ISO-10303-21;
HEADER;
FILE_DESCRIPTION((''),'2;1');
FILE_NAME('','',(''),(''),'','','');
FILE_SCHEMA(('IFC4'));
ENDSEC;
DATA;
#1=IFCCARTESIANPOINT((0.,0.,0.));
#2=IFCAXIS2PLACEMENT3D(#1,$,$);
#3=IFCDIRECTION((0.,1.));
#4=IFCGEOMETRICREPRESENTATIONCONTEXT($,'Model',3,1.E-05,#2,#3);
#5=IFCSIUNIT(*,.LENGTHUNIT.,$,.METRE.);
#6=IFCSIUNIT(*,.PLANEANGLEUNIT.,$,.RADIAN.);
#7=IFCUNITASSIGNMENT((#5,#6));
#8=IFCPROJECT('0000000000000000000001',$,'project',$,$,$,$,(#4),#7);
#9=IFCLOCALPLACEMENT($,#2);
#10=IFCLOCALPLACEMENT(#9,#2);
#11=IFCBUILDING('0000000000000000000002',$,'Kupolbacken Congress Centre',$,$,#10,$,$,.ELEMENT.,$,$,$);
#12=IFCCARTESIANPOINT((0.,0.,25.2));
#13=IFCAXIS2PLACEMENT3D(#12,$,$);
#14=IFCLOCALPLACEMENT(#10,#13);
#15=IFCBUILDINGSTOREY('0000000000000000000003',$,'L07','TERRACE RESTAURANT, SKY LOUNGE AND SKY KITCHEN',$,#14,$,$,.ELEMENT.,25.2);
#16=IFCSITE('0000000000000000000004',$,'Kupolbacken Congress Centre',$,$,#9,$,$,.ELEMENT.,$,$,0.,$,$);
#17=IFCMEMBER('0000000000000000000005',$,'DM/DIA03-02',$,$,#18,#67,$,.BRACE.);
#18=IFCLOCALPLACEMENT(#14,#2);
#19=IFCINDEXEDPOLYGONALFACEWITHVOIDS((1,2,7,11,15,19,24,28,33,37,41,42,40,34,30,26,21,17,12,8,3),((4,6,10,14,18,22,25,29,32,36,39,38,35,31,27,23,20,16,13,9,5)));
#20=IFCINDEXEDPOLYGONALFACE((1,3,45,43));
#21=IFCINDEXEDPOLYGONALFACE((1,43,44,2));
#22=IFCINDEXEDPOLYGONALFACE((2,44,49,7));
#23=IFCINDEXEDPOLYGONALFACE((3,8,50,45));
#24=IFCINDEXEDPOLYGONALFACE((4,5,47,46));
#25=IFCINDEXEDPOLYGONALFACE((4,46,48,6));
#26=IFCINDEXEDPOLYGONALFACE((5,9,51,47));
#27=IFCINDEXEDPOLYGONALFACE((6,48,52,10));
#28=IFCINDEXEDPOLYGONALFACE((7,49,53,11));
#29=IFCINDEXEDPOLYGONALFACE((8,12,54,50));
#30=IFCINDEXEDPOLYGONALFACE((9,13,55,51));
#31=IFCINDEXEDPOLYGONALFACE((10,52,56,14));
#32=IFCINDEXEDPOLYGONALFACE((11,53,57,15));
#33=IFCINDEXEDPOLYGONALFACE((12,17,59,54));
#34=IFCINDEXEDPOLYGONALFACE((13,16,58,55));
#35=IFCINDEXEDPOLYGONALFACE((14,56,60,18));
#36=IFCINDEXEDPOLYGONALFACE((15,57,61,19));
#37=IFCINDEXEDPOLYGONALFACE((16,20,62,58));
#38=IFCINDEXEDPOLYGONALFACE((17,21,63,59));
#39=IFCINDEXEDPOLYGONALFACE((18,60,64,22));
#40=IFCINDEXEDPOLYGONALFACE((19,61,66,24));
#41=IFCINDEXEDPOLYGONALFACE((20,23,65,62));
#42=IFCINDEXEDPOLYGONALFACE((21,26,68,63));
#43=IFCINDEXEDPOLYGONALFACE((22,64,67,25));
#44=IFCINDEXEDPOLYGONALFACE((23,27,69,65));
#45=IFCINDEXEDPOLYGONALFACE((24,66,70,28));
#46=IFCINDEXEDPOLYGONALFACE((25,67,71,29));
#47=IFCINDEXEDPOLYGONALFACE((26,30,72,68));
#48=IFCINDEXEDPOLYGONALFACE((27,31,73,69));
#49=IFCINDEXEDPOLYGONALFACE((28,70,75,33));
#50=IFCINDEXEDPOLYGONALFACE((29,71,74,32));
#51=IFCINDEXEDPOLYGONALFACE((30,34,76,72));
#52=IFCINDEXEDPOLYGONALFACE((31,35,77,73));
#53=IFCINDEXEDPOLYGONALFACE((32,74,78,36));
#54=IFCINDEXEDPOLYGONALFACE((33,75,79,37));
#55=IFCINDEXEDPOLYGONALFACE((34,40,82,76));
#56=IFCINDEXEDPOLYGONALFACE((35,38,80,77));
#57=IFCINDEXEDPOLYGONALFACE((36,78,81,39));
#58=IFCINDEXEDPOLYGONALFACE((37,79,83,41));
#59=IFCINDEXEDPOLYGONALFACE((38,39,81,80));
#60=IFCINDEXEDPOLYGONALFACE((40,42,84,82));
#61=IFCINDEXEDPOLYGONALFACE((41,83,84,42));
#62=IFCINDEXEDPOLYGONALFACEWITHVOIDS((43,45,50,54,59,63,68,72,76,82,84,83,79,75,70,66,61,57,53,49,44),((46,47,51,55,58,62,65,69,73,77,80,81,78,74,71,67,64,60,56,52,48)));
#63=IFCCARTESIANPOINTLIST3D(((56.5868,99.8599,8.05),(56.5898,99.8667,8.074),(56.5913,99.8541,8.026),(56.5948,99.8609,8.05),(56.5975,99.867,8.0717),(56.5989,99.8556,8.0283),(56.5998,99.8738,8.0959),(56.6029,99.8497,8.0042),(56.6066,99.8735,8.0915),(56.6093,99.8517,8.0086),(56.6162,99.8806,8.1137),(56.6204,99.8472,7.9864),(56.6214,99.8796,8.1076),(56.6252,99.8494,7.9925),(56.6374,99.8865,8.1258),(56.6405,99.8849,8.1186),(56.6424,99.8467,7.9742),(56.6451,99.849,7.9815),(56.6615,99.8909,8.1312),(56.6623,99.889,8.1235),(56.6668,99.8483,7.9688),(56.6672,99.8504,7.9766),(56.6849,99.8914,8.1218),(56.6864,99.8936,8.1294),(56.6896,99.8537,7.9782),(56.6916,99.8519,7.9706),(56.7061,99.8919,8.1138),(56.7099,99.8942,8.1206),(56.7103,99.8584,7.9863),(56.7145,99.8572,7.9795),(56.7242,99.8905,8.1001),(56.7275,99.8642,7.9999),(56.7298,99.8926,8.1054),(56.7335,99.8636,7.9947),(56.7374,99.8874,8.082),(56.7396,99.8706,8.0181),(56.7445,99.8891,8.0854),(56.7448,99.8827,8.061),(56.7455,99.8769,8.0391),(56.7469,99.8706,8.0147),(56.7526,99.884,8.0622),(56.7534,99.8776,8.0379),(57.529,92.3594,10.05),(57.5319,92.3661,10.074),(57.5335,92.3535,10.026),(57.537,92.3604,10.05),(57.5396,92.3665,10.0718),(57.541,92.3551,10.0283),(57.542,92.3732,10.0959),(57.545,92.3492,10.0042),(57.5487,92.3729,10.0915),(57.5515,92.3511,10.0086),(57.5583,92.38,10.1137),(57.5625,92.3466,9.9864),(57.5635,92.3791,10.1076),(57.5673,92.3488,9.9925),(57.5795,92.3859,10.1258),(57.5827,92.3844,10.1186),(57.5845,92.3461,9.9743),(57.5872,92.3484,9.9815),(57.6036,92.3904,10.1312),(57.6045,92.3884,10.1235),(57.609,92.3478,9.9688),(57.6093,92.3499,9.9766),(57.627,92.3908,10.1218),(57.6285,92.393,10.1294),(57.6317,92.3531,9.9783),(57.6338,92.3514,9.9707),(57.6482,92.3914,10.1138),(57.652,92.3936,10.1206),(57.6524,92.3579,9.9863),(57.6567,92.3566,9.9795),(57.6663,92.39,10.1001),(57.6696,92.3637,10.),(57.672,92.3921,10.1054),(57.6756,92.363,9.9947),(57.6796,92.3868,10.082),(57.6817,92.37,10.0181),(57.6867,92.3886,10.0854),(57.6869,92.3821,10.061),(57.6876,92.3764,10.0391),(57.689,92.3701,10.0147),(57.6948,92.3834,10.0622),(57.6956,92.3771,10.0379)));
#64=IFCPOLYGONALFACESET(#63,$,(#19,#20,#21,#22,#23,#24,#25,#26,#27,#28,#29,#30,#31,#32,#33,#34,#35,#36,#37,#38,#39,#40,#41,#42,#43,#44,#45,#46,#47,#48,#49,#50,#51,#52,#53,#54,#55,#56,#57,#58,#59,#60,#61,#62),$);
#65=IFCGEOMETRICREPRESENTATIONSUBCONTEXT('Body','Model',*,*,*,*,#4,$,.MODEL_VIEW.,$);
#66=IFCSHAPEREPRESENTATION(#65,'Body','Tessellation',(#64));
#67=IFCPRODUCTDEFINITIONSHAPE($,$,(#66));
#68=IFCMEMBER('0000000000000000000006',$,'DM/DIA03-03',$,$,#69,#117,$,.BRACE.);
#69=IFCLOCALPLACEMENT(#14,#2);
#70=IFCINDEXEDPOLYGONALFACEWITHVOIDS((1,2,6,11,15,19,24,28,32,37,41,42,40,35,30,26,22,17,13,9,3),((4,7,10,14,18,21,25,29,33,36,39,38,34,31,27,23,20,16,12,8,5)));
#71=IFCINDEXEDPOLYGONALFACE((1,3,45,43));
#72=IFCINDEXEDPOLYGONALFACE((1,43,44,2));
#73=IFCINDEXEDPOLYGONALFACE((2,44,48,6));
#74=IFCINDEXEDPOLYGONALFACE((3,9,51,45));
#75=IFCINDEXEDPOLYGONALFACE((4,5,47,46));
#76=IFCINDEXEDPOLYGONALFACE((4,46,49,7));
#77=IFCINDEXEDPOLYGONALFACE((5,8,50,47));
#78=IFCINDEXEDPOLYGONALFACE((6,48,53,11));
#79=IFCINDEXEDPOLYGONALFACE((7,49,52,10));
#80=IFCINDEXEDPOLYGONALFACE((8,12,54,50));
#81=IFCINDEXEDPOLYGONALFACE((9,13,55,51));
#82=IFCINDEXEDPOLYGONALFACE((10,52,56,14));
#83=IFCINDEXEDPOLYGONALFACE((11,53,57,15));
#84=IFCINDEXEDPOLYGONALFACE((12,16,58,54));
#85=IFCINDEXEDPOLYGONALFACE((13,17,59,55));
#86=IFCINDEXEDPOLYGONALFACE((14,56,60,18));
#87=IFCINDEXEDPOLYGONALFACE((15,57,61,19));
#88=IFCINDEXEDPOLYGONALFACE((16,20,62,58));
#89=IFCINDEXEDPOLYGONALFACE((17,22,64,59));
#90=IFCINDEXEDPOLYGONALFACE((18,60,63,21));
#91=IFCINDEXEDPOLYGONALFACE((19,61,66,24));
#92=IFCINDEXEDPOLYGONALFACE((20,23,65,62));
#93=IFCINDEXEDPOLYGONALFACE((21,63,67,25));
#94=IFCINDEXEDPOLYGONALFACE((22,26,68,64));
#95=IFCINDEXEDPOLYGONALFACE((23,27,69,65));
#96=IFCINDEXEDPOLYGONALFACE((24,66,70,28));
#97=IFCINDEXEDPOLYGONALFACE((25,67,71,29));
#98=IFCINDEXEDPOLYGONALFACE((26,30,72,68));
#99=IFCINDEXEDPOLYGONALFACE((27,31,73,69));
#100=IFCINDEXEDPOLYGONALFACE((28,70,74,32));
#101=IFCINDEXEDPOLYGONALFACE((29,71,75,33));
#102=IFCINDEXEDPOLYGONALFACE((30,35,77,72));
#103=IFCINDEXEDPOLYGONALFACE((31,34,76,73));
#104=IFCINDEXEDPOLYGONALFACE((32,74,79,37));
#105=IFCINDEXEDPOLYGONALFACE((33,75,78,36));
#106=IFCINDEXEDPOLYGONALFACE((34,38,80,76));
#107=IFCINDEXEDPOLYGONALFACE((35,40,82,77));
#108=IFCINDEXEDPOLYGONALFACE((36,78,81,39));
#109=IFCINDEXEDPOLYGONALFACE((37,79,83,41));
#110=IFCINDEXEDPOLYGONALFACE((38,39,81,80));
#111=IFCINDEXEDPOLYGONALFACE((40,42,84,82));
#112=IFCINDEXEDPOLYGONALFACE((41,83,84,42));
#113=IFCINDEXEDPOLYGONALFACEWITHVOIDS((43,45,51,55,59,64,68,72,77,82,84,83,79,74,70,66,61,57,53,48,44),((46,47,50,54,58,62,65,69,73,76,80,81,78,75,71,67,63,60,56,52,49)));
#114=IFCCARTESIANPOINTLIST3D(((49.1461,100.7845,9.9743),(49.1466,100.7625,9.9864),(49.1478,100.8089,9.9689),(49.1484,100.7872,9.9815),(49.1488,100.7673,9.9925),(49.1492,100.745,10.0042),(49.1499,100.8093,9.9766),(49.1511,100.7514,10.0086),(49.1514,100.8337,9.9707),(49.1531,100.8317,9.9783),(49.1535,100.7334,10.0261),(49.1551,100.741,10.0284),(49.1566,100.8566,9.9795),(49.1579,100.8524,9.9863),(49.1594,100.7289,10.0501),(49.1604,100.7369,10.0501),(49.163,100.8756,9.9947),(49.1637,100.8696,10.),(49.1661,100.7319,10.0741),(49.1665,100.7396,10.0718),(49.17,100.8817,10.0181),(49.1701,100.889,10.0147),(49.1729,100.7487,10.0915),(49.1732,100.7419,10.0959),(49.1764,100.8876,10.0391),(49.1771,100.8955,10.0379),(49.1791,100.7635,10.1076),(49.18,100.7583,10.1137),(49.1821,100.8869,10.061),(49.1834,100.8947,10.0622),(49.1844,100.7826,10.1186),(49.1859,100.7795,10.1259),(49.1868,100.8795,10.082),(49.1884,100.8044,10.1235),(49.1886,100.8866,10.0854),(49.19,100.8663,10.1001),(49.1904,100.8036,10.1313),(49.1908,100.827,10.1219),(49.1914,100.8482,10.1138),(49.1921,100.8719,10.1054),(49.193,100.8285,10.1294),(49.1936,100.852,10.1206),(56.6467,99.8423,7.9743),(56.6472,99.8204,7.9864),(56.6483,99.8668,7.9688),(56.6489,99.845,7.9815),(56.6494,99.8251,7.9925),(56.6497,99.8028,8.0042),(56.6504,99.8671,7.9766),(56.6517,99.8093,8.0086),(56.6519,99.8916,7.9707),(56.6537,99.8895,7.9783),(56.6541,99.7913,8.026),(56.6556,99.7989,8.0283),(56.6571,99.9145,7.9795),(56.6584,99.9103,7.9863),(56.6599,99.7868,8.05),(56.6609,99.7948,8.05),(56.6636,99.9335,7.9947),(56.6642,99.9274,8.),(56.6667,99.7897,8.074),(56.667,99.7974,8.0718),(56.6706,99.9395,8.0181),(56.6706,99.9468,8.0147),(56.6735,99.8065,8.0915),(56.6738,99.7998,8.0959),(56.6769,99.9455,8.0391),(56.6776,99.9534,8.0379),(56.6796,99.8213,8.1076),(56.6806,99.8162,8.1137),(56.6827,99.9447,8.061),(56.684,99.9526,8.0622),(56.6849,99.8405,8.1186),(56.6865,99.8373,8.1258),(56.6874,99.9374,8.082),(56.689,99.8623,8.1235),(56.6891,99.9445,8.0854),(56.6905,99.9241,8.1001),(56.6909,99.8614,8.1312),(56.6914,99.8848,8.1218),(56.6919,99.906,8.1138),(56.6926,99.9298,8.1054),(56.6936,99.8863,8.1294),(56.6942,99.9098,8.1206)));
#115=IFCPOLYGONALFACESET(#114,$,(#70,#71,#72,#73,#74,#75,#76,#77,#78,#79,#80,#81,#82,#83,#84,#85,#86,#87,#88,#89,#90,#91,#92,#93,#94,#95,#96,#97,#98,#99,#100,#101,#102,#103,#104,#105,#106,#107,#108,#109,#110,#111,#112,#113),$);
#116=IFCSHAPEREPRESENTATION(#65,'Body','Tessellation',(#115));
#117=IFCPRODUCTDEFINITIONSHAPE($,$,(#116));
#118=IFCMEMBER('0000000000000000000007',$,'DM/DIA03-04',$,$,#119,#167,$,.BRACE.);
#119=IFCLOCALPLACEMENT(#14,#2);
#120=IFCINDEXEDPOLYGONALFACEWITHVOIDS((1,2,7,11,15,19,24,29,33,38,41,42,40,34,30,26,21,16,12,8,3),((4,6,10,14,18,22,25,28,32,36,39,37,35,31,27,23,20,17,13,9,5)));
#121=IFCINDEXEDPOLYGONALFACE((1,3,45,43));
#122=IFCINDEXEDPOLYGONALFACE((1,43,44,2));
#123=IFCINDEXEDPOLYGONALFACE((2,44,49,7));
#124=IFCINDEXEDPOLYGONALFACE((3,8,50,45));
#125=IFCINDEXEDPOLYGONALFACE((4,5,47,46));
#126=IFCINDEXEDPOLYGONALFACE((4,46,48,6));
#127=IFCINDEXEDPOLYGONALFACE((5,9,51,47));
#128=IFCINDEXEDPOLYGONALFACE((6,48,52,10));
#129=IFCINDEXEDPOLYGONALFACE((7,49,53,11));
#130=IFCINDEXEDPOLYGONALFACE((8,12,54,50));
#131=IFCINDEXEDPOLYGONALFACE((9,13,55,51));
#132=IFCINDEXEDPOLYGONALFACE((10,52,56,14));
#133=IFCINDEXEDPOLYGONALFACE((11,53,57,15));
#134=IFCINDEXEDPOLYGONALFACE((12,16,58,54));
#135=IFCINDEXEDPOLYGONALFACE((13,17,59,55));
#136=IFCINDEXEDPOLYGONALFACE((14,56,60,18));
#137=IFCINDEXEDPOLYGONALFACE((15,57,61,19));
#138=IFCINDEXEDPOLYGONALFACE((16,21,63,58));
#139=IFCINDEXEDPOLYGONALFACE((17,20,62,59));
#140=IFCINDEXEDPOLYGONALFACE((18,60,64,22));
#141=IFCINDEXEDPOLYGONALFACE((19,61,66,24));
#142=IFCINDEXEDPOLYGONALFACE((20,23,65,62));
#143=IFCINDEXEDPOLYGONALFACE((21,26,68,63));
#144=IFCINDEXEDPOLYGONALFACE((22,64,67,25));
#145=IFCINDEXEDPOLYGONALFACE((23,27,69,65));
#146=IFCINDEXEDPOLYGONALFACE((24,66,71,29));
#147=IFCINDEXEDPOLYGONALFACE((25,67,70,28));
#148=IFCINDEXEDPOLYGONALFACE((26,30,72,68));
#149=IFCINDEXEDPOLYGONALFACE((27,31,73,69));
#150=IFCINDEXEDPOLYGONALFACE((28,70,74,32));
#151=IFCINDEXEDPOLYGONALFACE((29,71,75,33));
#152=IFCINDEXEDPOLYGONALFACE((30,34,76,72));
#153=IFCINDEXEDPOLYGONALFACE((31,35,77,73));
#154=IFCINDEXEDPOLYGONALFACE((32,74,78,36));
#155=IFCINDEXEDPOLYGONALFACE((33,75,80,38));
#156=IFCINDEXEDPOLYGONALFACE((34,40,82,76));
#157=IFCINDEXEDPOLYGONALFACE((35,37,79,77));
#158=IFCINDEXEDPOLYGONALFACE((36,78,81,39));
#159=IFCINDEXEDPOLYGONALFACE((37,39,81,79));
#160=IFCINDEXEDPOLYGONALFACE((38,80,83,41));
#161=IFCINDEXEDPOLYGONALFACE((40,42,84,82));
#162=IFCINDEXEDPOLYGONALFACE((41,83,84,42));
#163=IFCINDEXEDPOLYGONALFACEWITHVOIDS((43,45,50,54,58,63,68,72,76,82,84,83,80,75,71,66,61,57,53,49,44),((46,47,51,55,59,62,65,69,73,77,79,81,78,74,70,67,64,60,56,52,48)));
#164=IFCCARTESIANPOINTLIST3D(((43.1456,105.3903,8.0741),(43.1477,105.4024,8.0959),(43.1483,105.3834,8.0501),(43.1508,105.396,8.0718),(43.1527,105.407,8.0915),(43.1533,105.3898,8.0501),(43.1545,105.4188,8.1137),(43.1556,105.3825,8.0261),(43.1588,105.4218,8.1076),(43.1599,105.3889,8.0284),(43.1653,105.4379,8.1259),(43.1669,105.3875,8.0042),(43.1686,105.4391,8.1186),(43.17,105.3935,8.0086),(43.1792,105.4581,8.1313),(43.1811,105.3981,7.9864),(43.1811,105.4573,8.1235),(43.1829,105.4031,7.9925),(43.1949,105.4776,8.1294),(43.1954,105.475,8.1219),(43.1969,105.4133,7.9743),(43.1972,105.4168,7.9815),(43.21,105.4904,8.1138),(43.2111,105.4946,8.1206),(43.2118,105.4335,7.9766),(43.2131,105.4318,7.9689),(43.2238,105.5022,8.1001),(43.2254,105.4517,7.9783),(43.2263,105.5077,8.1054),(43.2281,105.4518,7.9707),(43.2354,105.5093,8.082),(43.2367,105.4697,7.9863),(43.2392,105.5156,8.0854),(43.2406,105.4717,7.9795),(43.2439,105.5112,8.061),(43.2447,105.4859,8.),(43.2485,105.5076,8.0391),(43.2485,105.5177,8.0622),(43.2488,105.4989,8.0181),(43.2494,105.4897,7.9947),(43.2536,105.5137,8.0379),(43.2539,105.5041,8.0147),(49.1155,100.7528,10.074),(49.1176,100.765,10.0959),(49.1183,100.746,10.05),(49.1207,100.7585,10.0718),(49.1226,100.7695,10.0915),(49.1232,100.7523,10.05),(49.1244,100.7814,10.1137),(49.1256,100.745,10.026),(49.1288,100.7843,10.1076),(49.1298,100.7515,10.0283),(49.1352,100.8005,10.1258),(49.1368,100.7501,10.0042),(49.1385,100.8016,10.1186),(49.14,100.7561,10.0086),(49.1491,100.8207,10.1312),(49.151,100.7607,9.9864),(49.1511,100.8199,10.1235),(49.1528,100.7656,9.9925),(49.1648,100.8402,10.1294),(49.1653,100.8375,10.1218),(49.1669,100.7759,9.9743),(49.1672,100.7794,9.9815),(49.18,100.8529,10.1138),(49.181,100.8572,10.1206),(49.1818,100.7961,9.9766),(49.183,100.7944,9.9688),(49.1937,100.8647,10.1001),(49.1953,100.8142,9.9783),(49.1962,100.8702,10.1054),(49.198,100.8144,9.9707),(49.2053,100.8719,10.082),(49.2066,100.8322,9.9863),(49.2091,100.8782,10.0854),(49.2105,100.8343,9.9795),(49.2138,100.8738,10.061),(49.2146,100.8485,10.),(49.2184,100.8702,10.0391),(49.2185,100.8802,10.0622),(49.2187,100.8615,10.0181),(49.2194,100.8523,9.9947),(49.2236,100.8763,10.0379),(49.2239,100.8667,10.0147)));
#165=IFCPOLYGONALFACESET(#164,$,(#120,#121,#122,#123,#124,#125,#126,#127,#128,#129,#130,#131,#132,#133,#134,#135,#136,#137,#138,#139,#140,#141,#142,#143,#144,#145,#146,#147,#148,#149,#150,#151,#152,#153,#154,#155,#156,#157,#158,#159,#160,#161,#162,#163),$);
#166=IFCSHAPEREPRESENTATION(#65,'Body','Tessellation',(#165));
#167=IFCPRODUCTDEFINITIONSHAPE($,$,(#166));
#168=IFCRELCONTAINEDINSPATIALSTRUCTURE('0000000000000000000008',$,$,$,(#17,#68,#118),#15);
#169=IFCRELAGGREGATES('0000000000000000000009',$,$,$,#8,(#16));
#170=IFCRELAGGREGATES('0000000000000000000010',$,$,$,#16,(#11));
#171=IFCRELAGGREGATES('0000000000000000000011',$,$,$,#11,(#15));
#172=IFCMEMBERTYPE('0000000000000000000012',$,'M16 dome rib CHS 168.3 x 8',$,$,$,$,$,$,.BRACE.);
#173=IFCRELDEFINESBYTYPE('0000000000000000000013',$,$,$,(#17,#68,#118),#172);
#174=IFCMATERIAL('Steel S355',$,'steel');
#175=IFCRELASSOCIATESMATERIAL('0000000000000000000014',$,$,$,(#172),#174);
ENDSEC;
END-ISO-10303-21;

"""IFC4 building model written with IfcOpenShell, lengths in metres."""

from ifc_helpers import new_model, si_unit, direction, frame, origin, origin_2d, place, context, subcontext, project, spatial, hollow_circle, extrude, material, material_profile, profile_set, type_object, element, save


model = new_model("IFC4")

# Units and contexts
model_context = context("Model", 3, precision=1e-05, world=origin(), true_north=direction((0.0, 1.0)))
body_context = subcontext(model_context, "Body", "Model", "MODEL_VIEW")
ifc_project = project(units=[si_unit("LENGTHUNIT", "METRE"), si_unit("PLANEANGLEUNIT", "RADIAN")], contexts=[model_context])

# Site, building, storey
site_placement = place(None, origin())
site = spatial("IfcSite", under=ifc_project, at=site_placement, Name="Kupolbacken Congress Centre", CompositionType="ELEMENT", RefElevation=0.0)
building_placement = place(site_placement, origin())
building = spatial("IfcBuilding", under=site, at=building_placement, Name="Kupolbacken Congress Centre", CompositionType="ELEMENT")
storey_placement = place(building_placement, frame((0.0, 0.0, 25.2)))
storey = spatial("IfcBuildingStorey", under=building, at=storey_placement, Name="L07", Description="TERRACE RESTAURANT, SKY LOUNGE AND SKY KITCHEN", CompositionType="ELEMENT", Elevation=25.2)

# Members
ifc_material_1 = material(Name="Steel S355", Category="steel")
ifc_material_profile_1 = material_profile(ifc_material_1, hollow_circle(Radius=0.0842, WallThickness=0.0081, at=origin_2d()), Name="CHS 168.3 x 8")
ifc_profile_set_1 = profile_set([ifc_material_profile_1], Name="Steel S355")
member_type_1 = type_object("IfcMemberType", Name="M16 dome rib CHS 168.3 x 8", PredefinedType="BRACE", material=ifc_profile_set_1)
for number, where, z_axis, x_axis, name in (
    (1, (57.6125, 92.3699, 10.05), (-0.120485, 0.9592, -0.25577), (-0.992203, -0.124631, 0.0), "DM/DIA03-02"),
    (2, (56.6704, 99.8704, 8.05), (-0.9592, 0.120485, 0.25577), (-0.124631, -0.992203, 0.0), "DM/DIA03-03"),
    (3, (49.1699, 100.8125, 10.05), (-0.76346, 0.593053, -0.255767), (-0.613458, -0.789728, 0.0), "DM/DIA03-04"),
):
    element("IfcMember", number, at=place(storey_placement, frame(where, z_axis=z_axis, x_axis=x_axis)), inside=storey, type_object=member_type_1, Name=name, PredefinedType="BRACE", context=body_context, shape_type="SweptSolid", body=[
        extrude(hollow_circle(Radius=0.0842, WallThickness=0.0081, at=origin_2d()), origin(), (0.0, 0.0, 1.0), 7.8196),
    ])

save(model, "model.ifc")
